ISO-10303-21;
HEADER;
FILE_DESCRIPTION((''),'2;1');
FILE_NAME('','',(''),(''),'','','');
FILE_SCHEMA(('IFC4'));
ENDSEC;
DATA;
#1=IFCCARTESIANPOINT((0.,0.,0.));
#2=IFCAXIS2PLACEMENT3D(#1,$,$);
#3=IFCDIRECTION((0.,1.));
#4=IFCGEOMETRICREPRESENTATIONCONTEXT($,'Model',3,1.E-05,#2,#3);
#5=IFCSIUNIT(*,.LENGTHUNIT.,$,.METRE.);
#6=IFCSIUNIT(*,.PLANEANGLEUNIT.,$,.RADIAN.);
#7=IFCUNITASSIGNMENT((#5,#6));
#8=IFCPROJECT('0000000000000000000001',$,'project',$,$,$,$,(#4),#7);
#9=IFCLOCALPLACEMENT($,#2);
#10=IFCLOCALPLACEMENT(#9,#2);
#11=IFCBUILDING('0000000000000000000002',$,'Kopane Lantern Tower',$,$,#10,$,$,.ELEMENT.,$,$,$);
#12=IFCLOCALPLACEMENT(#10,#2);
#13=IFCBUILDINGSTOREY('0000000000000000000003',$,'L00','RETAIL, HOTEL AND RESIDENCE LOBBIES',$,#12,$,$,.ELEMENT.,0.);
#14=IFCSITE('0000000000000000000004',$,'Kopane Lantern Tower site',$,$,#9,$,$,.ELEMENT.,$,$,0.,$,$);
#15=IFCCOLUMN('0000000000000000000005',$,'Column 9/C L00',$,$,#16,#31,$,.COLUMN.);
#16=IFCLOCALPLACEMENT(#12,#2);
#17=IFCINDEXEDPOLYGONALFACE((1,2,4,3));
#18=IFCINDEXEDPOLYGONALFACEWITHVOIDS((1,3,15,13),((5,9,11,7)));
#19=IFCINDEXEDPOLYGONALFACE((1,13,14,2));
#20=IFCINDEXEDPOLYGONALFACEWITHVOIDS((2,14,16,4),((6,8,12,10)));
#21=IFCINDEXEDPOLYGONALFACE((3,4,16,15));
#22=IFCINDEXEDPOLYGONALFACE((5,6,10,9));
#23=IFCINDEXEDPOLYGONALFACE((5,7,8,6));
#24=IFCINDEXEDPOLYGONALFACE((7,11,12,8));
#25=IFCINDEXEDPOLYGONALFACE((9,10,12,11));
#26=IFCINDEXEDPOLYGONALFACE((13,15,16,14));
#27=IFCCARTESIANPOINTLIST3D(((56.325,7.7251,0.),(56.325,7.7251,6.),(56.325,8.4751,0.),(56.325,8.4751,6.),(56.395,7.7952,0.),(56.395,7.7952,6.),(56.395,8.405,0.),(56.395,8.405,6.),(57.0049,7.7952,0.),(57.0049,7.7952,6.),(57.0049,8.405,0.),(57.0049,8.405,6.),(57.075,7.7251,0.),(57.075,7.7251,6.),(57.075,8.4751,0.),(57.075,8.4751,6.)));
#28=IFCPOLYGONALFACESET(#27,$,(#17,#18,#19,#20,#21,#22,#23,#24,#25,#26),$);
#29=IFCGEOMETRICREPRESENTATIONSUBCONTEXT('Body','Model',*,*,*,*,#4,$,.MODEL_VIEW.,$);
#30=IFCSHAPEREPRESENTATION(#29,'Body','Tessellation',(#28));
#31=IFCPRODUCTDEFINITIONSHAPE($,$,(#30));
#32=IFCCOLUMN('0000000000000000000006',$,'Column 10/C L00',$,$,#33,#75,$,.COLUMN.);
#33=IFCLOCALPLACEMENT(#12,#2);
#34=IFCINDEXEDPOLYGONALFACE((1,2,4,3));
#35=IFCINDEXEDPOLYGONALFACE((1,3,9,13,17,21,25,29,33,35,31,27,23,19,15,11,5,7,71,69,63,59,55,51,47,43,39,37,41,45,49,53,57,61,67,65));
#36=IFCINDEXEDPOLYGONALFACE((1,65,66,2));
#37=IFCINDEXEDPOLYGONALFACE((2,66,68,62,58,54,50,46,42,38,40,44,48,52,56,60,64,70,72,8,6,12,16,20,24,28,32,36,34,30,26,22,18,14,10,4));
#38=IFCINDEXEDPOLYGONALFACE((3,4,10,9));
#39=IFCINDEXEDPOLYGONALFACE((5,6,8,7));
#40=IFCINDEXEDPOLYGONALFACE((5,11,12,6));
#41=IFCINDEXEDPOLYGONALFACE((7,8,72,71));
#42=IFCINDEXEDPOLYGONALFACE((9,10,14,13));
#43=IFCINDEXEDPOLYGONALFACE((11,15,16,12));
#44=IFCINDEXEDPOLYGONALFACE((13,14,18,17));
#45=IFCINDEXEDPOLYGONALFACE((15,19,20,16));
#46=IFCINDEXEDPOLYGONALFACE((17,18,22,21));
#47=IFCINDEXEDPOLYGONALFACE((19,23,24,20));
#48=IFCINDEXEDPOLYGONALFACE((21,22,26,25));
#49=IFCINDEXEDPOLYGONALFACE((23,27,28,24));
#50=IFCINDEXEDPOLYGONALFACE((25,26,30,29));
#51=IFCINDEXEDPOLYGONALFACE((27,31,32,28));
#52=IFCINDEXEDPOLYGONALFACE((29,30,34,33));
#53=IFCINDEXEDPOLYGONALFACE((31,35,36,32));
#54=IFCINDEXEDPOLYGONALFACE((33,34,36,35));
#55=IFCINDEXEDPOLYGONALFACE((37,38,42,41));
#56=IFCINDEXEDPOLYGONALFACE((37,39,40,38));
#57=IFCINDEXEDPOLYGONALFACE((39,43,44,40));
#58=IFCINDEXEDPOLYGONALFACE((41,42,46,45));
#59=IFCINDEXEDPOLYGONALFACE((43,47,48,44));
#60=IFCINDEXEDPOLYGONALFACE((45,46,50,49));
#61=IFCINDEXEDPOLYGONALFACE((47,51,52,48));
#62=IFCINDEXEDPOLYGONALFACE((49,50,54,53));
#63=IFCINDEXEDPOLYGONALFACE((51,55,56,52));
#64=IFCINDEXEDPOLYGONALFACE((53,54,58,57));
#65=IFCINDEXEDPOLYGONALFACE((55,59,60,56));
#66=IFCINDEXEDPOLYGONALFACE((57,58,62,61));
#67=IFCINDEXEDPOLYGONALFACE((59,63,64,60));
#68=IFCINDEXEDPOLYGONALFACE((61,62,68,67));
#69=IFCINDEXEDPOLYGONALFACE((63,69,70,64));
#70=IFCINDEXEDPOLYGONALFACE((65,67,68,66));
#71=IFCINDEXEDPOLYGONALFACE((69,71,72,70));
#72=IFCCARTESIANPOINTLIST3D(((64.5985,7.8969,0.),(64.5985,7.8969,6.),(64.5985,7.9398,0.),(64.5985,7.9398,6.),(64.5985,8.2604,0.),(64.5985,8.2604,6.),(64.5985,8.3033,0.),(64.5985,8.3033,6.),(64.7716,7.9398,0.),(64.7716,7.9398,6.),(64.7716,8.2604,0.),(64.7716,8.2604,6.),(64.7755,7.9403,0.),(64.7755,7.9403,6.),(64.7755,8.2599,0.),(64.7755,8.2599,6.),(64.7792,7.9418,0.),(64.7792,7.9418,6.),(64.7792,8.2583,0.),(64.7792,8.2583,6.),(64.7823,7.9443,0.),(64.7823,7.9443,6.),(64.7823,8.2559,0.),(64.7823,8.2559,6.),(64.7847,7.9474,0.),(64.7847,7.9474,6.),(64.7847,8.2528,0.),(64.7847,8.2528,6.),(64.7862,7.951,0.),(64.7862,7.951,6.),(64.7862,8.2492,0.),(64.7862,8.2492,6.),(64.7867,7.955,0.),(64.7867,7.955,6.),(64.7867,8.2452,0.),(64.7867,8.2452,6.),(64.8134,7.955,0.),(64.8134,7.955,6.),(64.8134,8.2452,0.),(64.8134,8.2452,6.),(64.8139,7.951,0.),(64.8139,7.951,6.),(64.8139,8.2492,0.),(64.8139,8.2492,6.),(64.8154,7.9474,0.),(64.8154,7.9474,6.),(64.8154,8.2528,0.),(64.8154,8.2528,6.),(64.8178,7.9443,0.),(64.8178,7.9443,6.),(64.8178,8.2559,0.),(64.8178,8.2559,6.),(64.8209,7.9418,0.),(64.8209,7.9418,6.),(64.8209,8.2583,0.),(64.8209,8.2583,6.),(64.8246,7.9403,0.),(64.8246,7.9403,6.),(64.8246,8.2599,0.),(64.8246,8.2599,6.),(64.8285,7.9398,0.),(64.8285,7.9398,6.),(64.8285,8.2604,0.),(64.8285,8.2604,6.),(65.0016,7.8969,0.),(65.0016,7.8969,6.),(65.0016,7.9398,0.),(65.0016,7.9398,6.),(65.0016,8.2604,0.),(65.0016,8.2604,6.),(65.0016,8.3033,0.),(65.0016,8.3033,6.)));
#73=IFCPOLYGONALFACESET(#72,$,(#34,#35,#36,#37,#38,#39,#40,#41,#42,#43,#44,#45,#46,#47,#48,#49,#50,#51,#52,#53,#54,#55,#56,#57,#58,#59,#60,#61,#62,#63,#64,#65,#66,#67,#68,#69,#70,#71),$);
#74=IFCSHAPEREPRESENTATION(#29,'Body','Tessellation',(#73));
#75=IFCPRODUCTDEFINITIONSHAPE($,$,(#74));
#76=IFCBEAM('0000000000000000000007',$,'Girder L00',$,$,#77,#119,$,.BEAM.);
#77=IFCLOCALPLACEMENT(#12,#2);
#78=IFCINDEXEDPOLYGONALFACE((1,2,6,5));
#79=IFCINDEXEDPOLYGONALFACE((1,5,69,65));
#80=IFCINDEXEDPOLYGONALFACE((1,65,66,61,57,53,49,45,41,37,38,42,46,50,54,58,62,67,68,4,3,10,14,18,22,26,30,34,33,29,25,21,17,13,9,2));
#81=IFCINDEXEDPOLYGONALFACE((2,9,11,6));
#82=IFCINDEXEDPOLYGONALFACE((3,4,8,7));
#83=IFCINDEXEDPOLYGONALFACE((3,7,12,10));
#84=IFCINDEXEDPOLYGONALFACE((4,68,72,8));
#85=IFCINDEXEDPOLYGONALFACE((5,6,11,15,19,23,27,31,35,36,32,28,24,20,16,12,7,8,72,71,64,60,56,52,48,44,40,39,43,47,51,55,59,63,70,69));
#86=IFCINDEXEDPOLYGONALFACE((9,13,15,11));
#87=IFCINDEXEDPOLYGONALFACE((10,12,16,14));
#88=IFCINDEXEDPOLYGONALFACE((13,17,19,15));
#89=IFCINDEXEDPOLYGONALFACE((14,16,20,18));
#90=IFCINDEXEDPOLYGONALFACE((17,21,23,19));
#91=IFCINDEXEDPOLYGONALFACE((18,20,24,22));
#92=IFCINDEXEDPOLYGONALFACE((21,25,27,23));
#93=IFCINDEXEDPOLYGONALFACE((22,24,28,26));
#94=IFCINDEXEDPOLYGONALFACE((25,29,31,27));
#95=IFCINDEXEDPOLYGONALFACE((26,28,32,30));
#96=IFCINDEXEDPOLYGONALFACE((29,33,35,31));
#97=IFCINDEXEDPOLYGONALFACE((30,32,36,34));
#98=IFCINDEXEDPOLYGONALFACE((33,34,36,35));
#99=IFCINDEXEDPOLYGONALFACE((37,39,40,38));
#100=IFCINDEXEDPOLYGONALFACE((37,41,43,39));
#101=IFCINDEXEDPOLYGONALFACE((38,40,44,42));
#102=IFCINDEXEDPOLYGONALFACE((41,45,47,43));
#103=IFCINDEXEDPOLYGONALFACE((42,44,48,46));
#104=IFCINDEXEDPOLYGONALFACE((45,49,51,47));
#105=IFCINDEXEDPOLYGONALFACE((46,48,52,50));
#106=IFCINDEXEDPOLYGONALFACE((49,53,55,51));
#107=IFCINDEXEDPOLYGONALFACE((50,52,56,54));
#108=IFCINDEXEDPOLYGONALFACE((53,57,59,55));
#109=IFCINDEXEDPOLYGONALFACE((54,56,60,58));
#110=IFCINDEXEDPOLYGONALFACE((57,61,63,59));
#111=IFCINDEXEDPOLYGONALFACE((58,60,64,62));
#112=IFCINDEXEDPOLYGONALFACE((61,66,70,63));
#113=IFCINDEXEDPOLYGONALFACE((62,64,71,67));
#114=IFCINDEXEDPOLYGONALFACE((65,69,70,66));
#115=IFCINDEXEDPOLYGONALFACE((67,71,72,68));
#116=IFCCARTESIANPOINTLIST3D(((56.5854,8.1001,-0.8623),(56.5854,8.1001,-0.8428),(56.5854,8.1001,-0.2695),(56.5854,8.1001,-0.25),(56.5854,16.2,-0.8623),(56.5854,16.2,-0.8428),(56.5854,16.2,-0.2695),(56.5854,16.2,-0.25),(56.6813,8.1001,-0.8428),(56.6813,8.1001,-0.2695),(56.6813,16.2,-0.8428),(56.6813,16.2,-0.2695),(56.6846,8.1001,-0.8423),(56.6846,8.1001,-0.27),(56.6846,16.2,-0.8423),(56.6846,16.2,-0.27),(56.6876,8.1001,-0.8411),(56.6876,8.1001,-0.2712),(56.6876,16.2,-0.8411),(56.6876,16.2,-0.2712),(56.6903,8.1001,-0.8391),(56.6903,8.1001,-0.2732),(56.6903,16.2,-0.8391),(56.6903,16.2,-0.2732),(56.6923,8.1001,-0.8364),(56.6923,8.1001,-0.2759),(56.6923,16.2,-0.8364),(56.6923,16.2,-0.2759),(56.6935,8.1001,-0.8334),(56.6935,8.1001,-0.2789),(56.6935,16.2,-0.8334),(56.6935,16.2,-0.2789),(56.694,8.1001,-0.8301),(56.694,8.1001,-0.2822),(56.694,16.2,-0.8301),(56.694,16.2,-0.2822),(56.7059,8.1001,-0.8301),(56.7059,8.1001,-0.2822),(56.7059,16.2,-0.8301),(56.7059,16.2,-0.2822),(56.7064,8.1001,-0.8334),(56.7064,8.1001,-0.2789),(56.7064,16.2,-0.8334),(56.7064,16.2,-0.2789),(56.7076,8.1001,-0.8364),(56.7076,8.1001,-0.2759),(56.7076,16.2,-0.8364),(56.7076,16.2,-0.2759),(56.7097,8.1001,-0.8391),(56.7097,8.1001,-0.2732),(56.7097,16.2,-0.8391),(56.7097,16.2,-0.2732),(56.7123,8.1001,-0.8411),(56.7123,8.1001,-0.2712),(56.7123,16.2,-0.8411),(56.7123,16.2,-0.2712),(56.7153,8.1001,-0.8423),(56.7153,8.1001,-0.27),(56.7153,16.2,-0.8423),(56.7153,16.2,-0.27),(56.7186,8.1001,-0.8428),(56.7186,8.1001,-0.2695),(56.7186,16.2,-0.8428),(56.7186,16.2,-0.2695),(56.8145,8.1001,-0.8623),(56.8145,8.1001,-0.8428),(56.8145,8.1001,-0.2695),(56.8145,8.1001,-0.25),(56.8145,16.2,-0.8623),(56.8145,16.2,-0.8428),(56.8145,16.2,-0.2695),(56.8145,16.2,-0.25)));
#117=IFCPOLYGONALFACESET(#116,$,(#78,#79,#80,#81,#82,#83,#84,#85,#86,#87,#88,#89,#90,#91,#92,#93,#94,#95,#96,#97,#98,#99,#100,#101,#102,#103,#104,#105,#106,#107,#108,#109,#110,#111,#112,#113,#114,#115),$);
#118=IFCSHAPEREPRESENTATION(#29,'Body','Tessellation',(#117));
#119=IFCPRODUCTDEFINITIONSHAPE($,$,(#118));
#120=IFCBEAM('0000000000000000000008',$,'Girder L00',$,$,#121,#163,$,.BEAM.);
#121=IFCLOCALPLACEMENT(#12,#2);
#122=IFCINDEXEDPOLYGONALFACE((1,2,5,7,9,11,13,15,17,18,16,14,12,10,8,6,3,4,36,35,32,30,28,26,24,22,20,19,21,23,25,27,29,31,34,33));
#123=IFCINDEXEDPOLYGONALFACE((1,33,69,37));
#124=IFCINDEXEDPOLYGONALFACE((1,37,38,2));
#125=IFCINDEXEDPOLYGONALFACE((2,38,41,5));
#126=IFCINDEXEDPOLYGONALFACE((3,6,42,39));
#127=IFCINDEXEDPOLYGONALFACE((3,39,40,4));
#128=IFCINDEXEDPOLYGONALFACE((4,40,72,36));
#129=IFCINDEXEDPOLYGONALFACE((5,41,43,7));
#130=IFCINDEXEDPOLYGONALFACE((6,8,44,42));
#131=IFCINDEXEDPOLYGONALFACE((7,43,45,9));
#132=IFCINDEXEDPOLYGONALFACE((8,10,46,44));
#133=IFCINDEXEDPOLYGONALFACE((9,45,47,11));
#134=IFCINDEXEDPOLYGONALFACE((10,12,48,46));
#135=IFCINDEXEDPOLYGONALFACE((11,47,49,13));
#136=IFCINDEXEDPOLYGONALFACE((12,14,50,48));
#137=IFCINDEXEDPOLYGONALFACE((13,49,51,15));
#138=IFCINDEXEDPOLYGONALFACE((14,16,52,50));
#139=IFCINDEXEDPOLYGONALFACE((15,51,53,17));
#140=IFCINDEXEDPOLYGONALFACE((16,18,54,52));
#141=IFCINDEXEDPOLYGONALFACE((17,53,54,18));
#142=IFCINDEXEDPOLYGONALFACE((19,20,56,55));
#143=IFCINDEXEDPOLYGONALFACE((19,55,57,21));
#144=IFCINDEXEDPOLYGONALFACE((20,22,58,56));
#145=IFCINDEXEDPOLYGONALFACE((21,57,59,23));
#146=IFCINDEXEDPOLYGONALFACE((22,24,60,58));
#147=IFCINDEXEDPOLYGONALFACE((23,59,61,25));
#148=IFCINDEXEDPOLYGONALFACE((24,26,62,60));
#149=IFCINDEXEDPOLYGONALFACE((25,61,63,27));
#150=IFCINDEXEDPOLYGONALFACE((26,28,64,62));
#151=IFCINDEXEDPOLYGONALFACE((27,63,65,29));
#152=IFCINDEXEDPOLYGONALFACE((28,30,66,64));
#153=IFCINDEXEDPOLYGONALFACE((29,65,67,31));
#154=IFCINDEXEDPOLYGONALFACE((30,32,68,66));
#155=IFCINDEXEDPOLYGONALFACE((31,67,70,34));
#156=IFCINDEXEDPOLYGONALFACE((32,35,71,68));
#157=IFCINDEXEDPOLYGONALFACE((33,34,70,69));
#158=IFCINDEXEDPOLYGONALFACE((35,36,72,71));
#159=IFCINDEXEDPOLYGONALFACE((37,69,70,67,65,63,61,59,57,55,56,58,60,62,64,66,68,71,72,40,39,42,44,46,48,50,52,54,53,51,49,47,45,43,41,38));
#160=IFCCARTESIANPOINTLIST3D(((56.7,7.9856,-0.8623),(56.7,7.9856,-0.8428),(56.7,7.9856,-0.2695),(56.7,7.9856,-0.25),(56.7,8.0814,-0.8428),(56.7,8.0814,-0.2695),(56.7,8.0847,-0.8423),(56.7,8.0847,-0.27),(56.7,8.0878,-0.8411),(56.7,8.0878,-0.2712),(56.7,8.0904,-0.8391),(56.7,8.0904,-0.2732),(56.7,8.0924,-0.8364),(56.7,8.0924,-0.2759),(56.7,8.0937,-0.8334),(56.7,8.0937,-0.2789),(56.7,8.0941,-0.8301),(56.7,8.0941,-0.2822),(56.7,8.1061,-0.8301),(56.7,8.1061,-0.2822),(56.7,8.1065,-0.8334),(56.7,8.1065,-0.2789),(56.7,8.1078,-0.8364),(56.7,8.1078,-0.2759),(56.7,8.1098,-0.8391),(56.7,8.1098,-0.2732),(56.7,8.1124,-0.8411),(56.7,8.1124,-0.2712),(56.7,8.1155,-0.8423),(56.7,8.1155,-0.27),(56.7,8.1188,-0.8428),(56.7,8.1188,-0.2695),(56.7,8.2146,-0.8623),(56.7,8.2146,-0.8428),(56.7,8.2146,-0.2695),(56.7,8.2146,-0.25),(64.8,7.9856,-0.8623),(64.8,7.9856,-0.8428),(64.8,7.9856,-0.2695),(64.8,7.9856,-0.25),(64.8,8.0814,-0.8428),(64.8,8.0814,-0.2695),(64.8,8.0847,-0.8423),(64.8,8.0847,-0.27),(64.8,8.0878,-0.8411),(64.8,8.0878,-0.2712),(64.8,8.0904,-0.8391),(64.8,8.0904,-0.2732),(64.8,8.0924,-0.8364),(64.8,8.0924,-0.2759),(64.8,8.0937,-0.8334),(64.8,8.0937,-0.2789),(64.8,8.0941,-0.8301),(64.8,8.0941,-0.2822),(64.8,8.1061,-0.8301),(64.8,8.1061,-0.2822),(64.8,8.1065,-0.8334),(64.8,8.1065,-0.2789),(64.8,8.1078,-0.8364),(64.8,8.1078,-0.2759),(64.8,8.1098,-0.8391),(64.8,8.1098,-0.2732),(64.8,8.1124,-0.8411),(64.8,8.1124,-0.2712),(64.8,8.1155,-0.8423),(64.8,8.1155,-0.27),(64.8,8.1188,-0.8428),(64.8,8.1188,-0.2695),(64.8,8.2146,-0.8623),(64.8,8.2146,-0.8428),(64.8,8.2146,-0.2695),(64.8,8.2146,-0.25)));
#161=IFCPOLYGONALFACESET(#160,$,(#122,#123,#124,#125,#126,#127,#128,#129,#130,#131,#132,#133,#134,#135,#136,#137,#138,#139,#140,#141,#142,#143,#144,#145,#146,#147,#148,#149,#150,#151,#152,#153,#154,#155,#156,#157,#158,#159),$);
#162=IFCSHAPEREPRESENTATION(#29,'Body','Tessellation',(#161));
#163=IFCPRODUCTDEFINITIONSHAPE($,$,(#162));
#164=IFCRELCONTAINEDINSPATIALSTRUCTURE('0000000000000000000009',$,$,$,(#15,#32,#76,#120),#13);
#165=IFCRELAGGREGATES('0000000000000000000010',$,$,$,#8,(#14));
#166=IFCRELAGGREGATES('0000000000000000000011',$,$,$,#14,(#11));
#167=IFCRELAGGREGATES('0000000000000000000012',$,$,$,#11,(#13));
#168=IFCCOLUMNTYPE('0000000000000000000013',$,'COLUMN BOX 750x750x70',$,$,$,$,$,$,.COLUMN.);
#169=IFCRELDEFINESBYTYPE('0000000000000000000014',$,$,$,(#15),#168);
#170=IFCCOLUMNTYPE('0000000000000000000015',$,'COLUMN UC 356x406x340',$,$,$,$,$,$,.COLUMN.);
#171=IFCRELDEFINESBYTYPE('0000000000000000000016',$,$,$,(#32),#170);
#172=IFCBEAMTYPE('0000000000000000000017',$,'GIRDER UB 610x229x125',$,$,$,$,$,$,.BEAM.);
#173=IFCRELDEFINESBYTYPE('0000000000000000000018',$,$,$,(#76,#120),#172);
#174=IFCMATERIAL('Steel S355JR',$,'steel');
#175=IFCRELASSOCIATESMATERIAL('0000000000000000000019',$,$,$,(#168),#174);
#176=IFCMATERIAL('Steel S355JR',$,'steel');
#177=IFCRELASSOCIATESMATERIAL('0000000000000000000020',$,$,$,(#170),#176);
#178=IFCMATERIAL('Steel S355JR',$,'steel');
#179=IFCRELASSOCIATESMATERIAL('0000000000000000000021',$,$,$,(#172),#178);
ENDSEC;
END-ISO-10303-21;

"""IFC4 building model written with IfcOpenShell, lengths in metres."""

from ifc_helpers import new_model, si_unit, direction, frame, origin, origin_2d, place, context, subcontext, project, spatial, hollow_rectangle, i_section, extrude, material, material_profile, profile_set, type_object, element, save


model = new_model("IFC4")

# Units and contexts
model_context = context("Model", 3, precision=1e-05, world=origin(), true_north=direction((0.0, 1.0)))
body_context = subcontext(model_context, "Body", "Model", "MODEL_VIEW")
ifc_project = project(units=[si_unit("LENGTHUNIT", "METRE"), si_unit("PLANEANGLEUNIT", "RADIAN")], contexts=[model_context])

# Site, building, storey
site_placement = place(None, origin())
site = spatial("IfcSite", under=ifc_project, at=site_placement, Name="Kopane Lantern Tower site", CompositionType="ELEMENT", RefElevation=0.0)
building_placement = place(site_placement, origin())
building = spatial("IfcBuilding", under=site, at=building_placement, Name="Kopane Lantern Tower", CompositionType="ELEMENT")
storey_placement = place(building_placement, origin())
storey = spatial("IfcBuildingStorey", under=building, at=storey_placement, Name="L00", Description="RETAIL, HOTEL AND RESIDENCE LOBBIES", CompositionType="ELEMENT", Elevation=0.0)

# Columns
ifc_material_1 = material(Name="Steel S355JR", Category="steel")
ifc_material_profile_1 = material_profile(ifc_material_1, hollow_rectangle(XDim=0.75, YDim=0.75, WallThickness=0.0701, at=origin_2d()), Name="BOX 750x750x70")
ifc_profile_set_1 = profile_set([ifc_material_profile_1], Name="Steel S355JR")
column_type_1 = type_object("IfcColumnType", Name="COLUMN BOX 750x750x70", PredefinedType="COLUMN", material=ifc_profile_set_1)
column_1_placement = place(storey_placement, frame((56.7, 8.1001, 0.0), z_axis=(0.0, 0.0, 1.0), x_axis=(1.0, 0.0, 0.0)))
element("IfcColumn", 1, at=column_1_placement, inside=storey, type_object=column_type_1, Name="Column 9/C L00", PredefinedType="COLUMN", context=body_context, shape_type="SweptSolid", body=[
    extrude(hollow_rectangle(XDim=0.75, YDim=0.75, WallThickness=0.0701, at=origin_2d()), origin(), (0.0, 0.0, 1.0), 6.0),
])
ifc_material_2 = material(Name="Steel S355JR", Category="steel")
ifc_material_profile_2 = material_profile(ifc_material_2, i_section(OverallWidth=0.4031, OverallDepth=0.4065, WebThickness=0.0266, FlangeThickness=0.043, FilletRadius=0.0151, at=origin_2d()), Name="UC 356x406x340")
ifc_profile_set_2 = profile_set([ifc_material_profile_2], Name="Steel S355JR")
column_type_2 = type_object("IfcColumnType", Name="COLUMN UC 356x406x340", PredefinedType="COLUMN", material=ifc_profile_set_2)
column_2_placement = place(storey_placement, frame((64.8, 8.1001, 0.0), z_axis=(0.0, 0.0, 1.0), x_axis=(1.0, 0.0, 0.0)))
element("IfcColumn", 2, at=column_2_placement, inside=storey, type_object=column_type_2, Name="Column 10/C L00", PredefinedType="COLUMN", context=body_context, shape_type="SweptSolid", body=[
    extrude(i_section(OverallWidth=0.4031, OverallDepth=0.4065, WebThickness=0.0266, FlangeThickness=0.043, FilletRadius=0.0151, at=origin_2d()), origin(), (0.0, 0.0, 1.0), 6.0),
])

# Beams
ifc_material_3 = material(Name="Steel S355JR", Category="steel")
ifc_material_profile_3 = material_profile(ifc_material_3, i_section(OverallWidth=0.229, OverallDepth=0.6123, WebThickness=0.012, FlangeThickness=0.0195, FilletRadius=0.0127, at=origin_2d()), Name="UB 610x229x125")
ifc_profile_set_3 = profile_set([ifc_material_profile_3], Name="Steel S355JR")
beam_type = type_object("IfcBeamType", Name="GIRDER UB 610x229x125", PredefinedType="BEAM", material=ifc_profile_set_3)
beam_1_placement = place(storey_placement, frame((56.7, 8.1001, -0.5562), z_axis=(0.0, 1.0, 0.0), x_axis=(-1.0, 0.0, 0.0)))
element("IfcBeam", 3, at=beam_1_placement, inside=storey, type_object=beam_type, Name="Girder L00", PredefinedType="BEAM", context=body_context, shape_type="SweptSolid", body=[
    extrude(i_section(OverallWidth=0.229, OverallDepth=0.6123, WebThickness=0.012, FlangeThickness=0.0195, FilletRadius=0.0127, at=origin_2d()), origin(), (0.0, 0.0, 1.0), 8.0999),
])
beam_2_placement = place(storey_placement, frame((56.7, 8.1001, -0.5562), z_axis=(1.0, 0.0, 0.0), x_axis=(0.0, 1.0, 0.0)))
element("IfcBeam", 4, at=beam_2_placement, inside=storey, type_object=beam_type, Name="Girder L00", PredefinedType="BEAM", context=body_context, shape_type="SweptSolid", body=[
    extrude(i_section(OverallWidth=0.229, OverallDepth=0.6123, WebThickness=0.012, FlangeThickness=0.0195, FilletRadius=0.0127, at=origin_2d()), origin(), (0.0, 0.0, 1.0), 8.1001),
])

save(model, "model.ifc")
